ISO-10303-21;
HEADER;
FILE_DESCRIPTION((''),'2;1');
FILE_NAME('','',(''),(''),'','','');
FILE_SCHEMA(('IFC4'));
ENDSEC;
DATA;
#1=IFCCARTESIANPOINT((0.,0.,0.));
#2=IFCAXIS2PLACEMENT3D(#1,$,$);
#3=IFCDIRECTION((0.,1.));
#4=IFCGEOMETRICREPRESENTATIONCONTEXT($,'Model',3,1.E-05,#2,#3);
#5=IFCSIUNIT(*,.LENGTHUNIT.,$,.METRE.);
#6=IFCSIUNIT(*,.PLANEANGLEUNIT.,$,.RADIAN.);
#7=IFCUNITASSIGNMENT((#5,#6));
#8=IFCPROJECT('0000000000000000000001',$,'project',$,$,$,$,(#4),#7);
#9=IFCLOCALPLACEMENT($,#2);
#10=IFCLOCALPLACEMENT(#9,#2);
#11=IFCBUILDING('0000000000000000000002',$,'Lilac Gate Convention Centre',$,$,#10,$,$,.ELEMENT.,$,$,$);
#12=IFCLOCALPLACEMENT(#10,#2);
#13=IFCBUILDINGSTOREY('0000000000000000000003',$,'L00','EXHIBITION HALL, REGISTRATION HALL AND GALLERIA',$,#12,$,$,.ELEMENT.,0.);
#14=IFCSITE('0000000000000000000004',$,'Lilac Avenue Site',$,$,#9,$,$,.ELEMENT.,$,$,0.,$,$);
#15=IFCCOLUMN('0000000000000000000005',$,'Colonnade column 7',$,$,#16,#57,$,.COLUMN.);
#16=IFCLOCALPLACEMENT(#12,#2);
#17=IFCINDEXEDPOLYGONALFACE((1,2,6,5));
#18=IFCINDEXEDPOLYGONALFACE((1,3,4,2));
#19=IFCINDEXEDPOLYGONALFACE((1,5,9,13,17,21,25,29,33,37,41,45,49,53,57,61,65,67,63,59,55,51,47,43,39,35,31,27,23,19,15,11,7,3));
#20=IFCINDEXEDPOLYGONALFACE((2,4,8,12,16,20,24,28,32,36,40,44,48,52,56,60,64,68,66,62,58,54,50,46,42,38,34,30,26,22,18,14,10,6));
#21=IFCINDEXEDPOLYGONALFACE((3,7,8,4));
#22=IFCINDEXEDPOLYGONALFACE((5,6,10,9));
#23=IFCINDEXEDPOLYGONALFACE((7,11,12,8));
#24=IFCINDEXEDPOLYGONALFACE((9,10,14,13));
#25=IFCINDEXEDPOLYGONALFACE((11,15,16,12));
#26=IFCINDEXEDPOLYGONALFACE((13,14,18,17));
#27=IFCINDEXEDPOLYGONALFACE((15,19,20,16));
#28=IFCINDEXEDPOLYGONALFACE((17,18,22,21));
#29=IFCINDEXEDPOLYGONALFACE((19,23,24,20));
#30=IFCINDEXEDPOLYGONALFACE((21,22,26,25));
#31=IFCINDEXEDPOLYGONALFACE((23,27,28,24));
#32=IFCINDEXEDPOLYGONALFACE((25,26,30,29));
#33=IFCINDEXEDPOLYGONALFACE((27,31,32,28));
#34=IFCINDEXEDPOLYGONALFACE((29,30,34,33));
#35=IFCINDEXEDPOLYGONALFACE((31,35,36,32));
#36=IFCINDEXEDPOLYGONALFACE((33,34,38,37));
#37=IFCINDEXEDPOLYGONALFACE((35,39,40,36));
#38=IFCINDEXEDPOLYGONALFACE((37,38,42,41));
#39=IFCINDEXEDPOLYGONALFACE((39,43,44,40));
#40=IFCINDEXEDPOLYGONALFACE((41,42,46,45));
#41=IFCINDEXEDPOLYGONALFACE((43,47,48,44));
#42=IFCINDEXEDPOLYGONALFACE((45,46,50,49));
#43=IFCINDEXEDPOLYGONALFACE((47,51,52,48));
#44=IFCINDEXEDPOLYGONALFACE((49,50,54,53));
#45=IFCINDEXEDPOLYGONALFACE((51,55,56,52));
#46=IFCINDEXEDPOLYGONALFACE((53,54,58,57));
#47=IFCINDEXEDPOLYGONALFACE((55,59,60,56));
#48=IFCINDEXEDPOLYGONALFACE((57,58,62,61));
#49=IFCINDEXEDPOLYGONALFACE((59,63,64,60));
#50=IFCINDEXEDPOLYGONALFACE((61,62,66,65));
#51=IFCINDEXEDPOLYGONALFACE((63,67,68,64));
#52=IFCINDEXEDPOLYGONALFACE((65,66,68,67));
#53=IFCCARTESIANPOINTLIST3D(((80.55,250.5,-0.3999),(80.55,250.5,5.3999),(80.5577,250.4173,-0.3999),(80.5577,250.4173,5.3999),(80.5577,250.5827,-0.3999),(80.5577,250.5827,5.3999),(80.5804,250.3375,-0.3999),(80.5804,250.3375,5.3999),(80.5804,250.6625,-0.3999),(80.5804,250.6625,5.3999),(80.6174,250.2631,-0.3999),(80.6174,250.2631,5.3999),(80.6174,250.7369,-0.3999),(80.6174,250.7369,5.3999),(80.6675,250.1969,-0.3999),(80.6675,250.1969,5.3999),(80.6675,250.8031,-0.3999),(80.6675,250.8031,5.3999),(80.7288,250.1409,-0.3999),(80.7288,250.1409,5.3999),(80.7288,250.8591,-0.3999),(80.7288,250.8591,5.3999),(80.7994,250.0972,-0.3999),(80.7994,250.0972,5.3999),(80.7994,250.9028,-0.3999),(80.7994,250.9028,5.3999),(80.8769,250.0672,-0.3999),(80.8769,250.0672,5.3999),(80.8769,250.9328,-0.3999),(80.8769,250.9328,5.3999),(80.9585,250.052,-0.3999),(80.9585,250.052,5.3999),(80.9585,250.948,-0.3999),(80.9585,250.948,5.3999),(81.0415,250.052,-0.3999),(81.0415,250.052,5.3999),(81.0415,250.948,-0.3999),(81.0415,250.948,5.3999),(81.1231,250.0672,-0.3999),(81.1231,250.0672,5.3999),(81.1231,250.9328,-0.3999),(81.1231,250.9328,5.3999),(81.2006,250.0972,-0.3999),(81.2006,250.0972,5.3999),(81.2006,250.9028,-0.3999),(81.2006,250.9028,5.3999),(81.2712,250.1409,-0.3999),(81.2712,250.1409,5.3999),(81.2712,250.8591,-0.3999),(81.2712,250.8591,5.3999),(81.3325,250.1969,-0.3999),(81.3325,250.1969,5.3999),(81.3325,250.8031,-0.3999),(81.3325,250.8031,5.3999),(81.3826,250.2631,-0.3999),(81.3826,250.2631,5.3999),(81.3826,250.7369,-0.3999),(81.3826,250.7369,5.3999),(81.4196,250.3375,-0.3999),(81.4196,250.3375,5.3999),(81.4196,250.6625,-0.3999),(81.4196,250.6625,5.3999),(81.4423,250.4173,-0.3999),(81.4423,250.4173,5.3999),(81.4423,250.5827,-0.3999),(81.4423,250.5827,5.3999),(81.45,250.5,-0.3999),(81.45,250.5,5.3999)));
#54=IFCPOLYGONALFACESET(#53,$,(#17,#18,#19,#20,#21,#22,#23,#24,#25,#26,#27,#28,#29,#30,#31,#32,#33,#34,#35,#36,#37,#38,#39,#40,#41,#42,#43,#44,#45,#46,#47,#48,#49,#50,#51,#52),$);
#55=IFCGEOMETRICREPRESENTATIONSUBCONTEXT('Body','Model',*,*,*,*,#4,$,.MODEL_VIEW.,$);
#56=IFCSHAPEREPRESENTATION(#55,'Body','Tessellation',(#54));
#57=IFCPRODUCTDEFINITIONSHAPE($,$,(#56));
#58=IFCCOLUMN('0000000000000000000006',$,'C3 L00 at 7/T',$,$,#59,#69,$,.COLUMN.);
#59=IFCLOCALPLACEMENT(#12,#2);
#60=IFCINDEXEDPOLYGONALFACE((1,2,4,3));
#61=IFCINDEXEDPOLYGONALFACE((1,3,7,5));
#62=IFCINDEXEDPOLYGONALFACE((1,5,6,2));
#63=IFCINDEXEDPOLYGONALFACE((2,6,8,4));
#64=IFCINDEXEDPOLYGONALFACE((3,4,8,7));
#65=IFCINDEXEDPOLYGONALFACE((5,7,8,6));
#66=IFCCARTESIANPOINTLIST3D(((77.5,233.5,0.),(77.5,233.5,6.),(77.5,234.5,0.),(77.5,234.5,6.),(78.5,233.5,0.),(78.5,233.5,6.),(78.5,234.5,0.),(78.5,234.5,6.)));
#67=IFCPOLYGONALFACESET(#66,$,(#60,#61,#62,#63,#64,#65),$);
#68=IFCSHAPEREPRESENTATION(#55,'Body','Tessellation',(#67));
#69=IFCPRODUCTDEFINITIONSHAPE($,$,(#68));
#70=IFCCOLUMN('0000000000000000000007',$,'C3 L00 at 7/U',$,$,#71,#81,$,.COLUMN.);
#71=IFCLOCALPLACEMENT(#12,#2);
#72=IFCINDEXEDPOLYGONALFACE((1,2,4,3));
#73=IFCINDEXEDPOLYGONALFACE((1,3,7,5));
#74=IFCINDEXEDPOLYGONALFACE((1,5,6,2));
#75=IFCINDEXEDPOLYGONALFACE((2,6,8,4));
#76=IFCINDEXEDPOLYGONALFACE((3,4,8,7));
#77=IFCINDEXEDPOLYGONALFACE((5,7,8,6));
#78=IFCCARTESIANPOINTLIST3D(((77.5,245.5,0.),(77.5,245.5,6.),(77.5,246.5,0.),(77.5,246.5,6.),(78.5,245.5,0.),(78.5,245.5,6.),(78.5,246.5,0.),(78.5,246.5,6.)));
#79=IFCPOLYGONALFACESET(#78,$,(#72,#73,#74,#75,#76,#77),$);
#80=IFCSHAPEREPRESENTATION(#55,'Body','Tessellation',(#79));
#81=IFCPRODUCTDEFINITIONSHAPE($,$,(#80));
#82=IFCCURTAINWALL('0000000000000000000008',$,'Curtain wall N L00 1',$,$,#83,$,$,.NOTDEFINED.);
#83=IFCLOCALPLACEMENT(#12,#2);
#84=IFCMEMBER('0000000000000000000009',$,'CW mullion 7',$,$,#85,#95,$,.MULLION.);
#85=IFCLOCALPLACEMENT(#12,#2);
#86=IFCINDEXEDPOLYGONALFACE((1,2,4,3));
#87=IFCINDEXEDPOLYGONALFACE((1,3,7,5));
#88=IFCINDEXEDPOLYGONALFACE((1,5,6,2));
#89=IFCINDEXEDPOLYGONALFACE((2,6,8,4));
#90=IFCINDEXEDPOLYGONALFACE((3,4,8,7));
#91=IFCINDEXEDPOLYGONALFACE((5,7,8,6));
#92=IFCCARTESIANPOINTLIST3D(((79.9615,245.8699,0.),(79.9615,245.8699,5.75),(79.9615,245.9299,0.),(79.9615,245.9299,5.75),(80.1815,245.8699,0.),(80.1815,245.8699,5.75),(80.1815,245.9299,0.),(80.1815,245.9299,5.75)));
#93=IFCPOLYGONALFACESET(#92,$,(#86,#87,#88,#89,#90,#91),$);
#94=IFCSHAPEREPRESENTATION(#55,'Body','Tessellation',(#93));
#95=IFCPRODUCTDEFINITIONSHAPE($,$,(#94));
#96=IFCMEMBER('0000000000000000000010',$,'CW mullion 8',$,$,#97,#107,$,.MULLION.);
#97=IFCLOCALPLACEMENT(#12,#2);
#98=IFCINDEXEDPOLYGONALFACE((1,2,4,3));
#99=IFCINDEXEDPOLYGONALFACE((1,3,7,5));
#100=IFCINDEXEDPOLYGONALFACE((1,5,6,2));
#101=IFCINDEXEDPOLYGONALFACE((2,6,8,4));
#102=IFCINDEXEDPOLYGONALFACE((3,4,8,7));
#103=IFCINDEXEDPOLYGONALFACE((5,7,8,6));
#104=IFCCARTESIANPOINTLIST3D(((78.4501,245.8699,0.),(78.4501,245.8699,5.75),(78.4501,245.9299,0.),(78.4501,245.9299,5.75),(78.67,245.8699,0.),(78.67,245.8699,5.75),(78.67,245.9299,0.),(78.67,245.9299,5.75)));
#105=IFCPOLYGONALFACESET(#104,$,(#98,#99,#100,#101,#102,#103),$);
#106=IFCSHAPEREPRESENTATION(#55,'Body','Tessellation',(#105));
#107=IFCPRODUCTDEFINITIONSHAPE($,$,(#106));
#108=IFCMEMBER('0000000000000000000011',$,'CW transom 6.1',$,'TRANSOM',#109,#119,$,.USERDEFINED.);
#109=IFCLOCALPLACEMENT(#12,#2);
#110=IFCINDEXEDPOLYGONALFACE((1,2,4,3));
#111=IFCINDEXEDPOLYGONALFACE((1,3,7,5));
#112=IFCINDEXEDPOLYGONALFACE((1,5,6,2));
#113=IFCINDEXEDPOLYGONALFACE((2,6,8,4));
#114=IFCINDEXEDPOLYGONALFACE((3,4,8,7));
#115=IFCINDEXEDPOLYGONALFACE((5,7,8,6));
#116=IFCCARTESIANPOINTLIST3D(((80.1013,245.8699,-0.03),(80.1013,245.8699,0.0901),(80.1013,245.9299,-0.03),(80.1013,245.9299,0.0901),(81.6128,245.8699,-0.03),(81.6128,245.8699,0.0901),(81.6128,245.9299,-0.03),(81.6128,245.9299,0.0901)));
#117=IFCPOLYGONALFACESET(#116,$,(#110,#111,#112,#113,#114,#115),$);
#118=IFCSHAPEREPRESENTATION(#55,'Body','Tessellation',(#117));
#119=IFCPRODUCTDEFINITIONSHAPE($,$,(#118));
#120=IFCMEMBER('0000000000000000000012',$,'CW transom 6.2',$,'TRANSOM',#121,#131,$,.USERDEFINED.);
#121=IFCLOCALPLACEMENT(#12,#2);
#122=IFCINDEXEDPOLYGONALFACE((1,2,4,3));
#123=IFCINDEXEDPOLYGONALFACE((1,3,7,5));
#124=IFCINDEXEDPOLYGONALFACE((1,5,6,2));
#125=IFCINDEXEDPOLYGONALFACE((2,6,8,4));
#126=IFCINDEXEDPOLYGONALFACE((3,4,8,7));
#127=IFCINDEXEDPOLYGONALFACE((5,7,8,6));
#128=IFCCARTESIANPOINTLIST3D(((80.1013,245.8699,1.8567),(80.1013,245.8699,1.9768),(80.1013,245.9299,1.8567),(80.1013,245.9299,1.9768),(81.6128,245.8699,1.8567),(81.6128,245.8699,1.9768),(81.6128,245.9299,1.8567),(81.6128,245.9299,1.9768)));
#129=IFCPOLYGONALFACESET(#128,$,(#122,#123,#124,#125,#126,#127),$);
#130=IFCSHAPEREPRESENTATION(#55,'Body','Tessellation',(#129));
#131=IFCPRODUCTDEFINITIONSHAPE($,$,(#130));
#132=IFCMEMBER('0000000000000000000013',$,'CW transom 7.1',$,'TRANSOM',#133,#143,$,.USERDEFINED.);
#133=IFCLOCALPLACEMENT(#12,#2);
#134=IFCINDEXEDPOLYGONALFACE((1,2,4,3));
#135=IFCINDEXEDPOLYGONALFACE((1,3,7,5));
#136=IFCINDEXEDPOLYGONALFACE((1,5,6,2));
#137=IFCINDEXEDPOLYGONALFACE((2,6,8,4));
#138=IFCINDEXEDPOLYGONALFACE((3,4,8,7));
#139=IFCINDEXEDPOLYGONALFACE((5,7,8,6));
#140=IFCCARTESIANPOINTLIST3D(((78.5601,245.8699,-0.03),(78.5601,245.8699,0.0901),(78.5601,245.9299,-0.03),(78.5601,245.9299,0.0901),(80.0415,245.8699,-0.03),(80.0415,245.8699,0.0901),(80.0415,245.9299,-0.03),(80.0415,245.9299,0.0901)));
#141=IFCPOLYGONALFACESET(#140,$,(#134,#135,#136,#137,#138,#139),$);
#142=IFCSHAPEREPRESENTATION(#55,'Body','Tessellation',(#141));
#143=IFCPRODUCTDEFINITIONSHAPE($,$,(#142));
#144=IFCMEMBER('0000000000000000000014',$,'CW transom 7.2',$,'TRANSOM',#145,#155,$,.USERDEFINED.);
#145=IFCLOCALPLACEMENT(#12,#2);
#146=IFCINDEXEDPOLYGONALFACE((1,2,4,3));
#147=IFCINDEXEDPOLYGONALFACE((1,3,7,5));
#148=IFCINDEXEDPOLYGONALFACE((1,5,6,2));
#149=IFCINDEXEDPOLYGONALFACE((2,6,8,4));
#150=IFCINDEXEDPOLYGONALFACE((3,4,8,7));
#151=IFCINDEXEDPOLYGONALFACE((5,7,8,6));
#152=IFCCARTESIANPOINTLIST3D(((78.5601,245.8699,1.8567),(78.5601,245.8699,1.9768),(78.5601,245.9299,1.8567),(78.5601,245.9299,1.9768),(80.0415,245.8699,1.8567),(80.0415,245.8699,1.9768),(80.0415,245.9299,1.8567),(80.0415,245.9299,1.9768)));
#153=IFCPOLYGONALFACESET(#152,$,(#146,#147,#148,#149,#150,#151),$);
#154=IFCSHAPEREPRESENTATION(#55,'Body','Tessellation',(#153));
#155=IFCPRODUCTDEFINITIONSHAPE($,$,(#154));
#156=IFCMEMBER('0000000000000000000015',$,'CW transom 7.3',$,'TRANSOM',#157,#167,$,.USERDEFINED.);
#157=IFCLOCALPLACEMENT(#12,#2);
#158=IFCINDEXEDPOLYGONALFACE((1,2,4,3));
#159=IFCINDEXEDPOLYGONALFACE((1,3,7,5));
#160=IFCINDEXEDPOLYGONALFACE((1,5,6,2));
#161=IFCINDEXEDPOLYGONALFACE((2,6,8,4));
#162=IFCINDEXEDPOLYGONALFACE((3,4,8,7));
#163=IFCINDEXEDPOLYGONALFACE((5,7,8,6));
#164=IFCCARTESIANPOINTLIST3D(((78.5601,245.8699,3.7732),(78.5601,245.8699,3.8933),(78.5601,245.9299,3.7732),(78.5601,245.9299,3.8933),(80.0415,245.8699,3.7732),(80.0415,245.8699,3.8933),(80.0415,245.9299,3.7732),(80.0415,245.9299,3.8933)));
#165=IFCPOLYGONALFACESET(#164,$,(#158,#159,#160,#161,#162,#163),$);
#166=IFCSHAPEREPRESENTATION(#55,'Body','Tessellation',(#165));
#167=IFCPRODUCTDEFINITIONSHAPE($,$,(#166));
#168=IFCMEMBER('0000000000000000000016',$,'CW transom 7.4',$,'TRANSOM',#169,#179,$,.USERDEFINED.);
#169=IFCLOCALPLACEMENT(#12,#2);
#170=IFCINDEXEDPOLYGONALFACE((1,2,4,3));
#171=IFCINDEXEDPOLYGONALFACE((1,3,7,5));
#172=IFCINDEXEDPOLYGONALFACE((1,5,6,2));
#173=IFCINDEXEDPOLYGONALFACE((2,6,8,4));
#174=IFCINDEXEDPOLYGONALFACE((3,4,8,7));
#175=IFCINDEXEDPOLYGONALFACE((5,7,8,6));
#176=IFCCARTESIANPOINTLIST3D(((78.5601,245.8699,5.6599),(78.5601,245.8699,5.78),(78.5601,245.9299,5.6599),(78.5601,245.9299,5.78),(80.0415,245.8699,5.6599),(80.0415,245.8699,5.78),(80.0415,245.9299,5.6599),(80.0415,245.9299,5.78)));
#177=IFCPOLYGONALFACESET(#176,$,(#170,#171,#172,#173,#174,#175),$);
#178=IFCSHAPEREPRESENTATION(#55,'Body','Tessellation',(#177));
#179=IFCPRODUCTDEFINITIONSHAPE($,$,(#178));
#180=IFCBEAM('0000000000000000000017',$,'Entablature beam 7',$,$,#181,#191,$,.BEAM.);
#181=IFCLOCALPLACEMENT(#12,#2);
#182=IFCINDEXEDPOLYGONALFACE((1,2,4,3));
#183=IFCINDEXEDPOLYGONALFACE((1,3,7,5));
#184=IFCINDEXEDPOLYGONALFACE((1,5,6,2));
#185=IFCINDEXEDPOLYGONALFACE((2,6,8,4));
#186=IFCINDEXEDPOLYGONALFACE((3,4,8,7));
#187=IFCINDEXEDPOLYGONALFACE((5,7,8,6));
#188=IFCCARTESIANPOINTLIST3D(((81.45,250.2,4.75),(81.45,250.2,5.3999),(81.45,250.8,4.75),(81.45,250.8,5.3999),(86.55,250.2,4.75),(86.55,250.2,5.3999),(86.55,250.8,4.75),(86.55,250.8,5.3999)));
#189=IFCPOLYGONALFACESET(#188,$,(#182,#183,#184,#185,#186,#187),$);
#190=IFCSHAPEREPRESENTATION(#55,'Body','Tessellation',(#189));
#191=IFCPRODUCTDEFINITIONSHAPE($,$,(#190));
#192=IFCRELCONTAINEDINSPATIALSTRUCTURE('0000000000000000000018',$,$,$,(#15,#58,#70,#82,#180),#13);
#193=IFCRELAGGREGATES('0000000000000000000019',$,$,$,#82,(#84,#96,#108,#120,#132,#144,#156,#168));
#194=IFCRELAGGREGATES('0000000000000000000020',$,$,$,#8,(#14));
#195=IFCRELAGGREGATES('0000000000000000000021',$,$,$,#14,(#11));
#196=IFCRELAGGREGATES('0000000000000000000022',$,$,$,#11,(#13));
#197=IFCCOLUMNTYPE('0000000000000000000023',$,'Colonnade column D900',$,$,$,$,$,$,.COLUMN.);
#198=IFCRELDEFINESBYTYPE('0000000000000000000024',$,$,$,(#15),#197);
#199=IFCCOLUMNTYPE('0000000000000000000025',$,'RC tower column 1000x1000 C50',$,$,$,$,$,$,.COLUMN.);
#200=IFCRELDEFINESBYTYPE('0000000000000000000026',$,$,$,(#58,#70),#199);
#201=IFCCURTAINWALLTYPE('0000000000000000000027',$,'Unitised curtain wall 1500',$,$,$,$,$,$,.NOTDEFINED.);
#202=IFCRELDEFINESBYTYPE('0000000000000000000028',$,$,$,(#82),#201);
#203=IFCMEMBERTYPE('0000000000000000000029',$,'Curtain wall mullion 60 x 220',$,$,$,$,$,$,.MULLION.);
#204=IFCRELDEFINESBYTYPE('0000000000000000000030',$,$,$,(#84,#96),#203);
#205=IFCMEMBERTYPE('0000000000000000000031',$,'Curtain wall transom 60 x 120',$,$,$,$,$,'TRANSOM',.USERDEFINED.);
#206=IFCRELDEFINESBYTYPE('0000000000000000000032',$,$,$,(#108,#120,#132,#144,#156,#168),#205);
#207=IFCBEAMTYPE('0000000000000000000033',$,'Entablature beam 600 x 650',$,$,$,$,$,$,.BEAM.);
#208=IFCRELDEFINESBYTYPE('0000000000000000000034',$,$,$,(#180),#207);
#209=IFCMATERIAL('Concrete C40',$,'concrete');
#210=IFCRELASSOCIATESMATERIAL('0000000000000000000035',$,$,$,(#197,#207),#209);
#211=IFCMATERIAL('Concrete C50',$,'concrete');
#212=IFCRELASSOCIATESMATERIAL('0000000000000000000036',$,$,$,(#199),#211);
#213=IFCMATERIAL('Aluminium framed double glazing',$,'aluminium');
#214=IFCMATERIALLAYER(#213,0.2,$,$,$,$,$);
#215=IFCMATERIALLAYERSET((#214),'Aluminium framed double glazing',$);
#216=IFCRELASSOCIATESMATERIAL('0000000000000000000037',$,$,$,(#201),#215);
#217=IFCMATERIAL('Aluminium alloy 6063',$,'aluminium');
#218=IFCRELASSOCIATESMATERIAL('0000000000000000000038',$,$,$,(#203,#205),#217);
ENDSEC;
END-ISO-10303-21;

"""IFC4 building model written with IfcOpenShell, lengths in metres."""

from ifc_helpers import new_model, si_unit, direction, frame, origin, origin_2d, place, context, subcontext, project, spatial, rectangle, circle, extrude, material, layer, layer_set, material_profile, profile_set, type_object, element, aggregate, save


model = new_model("IFC4")

# Units and contexts
model_context = context("Model", 3, precision=1e-05, world=origin(), true_north=direction((0.0, 1.0)))
body_context = subcontext(model_context, "Body", "Model", "MODEL_VIEW")
ifc_project = project(units=[si_unit("LENGTHUNIT", "METRE"), si_unit("PLANEANGLEUNIT", "RADIAN")], contexts=[model_context])

# Site, building, storey
site_placement = place(None, origin())
site = spatial("IfcSite", under=ifc_project, at=site_placement, Name="Lilac Avenue Site", CompositionType="ELEMENT", RefElevation=0.0)
building_placement = place(site_placement, origin())
building = spatial("IfcBuilding", under=site, at=building_placement, Name="Lilac Gate Convention Centre", CompositionType="ELEMENT")
storey_placement = place(building_placement, origin())
storey = spatial("IfcBuildingStorey", under=building, at=storey_placement, Name="L00", Description="EXHIBITION HALL, REGISTRATION HALL AND GALLERIA", CompositionType="ELEMENT", Elevation=0.0)

# Columns
ifc_material_1 = material(Name="Concrete C40", Category="concrete")
ifc_material_profile_1 = material_profile(ifc_material_1, circle(Radius=0.45, at=origin_2d()), Name="Colonnade column D900")
ifc_profile_set_1 = profile_set([ifc_material_profile_1], Name="Concrete C40")
column_type_1 = type_object("IfcColumnType", Name="Colonnade column D900", PredefinedType="COLUMN", material=ifc_profile_set_1)
column_placement = place(storey_placement, frame((81.0, 250.5, -0.3999), z_axis=(0.0, 0.0, 1.0), x_axis=(1.0, 0.0, 0.0)))
element("IfcColumn", 1, at=column_placement, inside=storey, type_object=column_type_1, Name="Colonnade column 7", PredefinedType="COLUMN", context=body_context, shape_type="SweptSolid", body=[
    extrude(circle(Radius=0.45, at=origin_2d()), origin(), (0.0, 0.0, 1.0), 5.7998),
])
ifc_material_2 = material(Name="Concrete C50", Category="concrete")
ifc_material_profile_2 = material_profile(ifc_material_2, rectangle(XDim=1.0, YDim=1.0, at=origin_2d()), Name="RC 1000x1000")
ifc_profile_set_2 = profile_set([ifc_material_profile_2], Name="Concrete C50")
column_type_2 = type_object("IfcColumnType", Name="RC tower column 1000x1000 C50", PredefinedType="COLUMN", material=ifc_profile_set_2)
for number, where, z_axis, x_axis, name in (
    (2, (78.0, 234.0, 0.0), (0.0, 0.0, 1.0), (1.0, 0.0, 0.0), "C3 L00 at 7/T"),
    (3, (78.0, 246.0, 0.0), (0.0, 0.0, 1.0), (1.0, 0.0, 0.0), "C3 L00 at 7/U"),
):
    element("IfcColumn", number, at=place(storey_placement, frame(where, z_axis=z_axis, x_axis=x_axis)), inside=storey, type_object=column_type_2, Name=name, PredefinedType="COLUMN", context=body_context, shape_type="SweptSolid", body=[
        extrude(rectangle(XDim=1.0, YDim=1.0, at=origin_2d()), origin(), (0.0, 0.0, 1.0), 6.0),
    ])

# Curtain wall, members
ifc_material_3 = material(Name="Aluminium framed double glazing", Category="aluminium")
ifc_layer_1 = layer(ifc_material_3, 0.2)
ifc_layer_set_1 = layer_set([ifc_layer_1], Name="Aluminium framed double glazing")
curtain_wall_type = type_object("IfcCurtainWallType", Name="Unitised curtain wall 1500", PredefinedType="NOTDEFINED", material=ifc_layer_set_1)
curtain_wall_placement = place(storey_placement, origin())
curtain_wall = element("IfcCurtainWall", 4, at=curtain_wall_placement, inside=storey, type_object=curtain_wall_type, Name="Curtain wall N L00 1", PredefinedType="NOTDEFINED")
ifc_material_4 = material(Name="Aluminium alloy 6063", Category="aluminium")
ifc_material_profile_3 = material_profile(ifc_material_4, rectangle(XDim=0.0601, YDim=0.22, at=origin_2d()), Name="Curtain wall mullion 60 x 220")
ifc_profile_set_3 = profile_set([ifc_material_profile_3], Name="Aluminium alloy 6063")
member_type_1 = type_object("IfcMemberType", Name="Curtain wall mullion 60 x 220", PredefinedType="MULLION", material=ifc_profile_set_3)
member_1_placement = place(storey_placement, frame((80.0715, 245.8999, 0.0), z_axis=(0.0, 0.0, 1.0), x_axis=(0.0, -1.0, 0.0)))
member_1 = element("IfcMember", 5, at=member_1_placement, type_object=member_type_1, Name="CW mullion 7", PredefinedType="MULLION", context=body_context, shape_type="SweptSolid", body=[
    extrude(rectangle(XDim=0.0601, YDim=0.22, at=origin_2d()), origin(), (0.0, 0.0, 1.0), 5.75),
])
member_2_placement = place(storey_placement, frame((78.5601, 245.8999, 0.0), z_axis=(0.0, 0.0, 1.0), x_axis=(0.0, -1.0, 0.0)))
member_2 = element("IfcMember", 6, at=member_2_placement, type_object=member_type_1, Name="CW mullion 8", PredefinedType="MULLION", context=body_context, shape_type="SweptSolid", body=[
    extrude(rectangle(XDim=0.0601, YDim=0.22, at=origin_2d()), origin(), (0.0, 0.0, 1.0), 5.75),
])
ifc_material_profile_4 = material_profile(ifc_material_4, rectangle(XDim=0.0601, YDim=0.1201, at=origin_2d()), Name="Curtain wall transom 60 x 120")
ifc_profile_set_4 = profile_set([ifc_material_profile_4], Name="Aluminium alloy 6063")
member_type_2 = type_object("IfcMemberType", Name="Curtain wall transom 60 x 120", ElementType="TRANSOM", PredefinedType="USERDEFINED", material=ifc_profile_set_4)
member_3_placement = place(storey_placement, frame((81.6128, 245.8999, 0.03), z_axis=(-1.0, 0.0, 0.0), x_axis=(0.0, -1.0, 0.0)))
member_3 = element("IfcMember", 7, at=member_3_placement, type_object=member_type_2, Name="CW transom 6.1", ObjectType="TRANSOM", PredefinedType="USERDEFINED", context=body_context, shape_type="SweptSolid", body=[
    extrude(rectangle(XDim=0.0601, YDim=0.1201, at=origin_2d()), origin(), (0.0, 0.0, 1.0), 1.5115),
])
member_4_placement = place(storey_placement, frame((81.6128, 245.8999, 1.9167), z_axis=(-1.0, 0.0, 0.0), x_axis=(0.0, -1.0, 0.0)))
member_4 = element("IfcMember", 8, at=member_4_placement, type_object=member_type_2, Name="CW transom 6.2", ObjectType="TRANSOM", PredefinedType="USERDEFINED", context=body_context, shape_type="SweptSolid", body=[
    extrude(rectangle(XDim=0.0601, YDim=0.1201, at=origin_2d()), origin(), (0.0, 0.0, 1.0), 1.5115),
])
member_5_placement = place(storey_placement, frame((80.0415, 245.8999, 0.03), z_axis=(-1.0, 0.0, 0.0), x_axis=(0.0, -1.0, 0.0)))
member_5 = element("IfcMember", 9, at=member_5_placement, type_object=member_type_2, Name="CW transom 7.1", ObjectType="TRANSOM", PredefinedType="USERDEFINED", context=body_context, shape_type="SweptSolid", body=[
    extrude(rectangle(XDim=0.0601, YDim=0.1201, at=origin_2d()), origin(), (0.0, 0.0, 1.0), 1.4814),
])
member_6_placement = place(storey_placement, frame((80.0415, 245.8999, 1.9167), z_axis=(-1.0, 0.0, 0.0), x_axis=(0.0, -1.0, 0.0)))
member_6 = element("IfcMember", 10, at=member_6_placement, type_object=member_type_2, Name="CW transom 7.2", ObjectType="TRANSOM", PredefinedType="USERDEFINED", context=body_context, shape_type="SweptSolid", body=[
    extrude(rectangle(XDim=0.0601, YDim=0.1201, at=origin_2d()), origin(), (0.0, 0.0, 1.0), 1.4814),
])
member_7_placement = place(storey_placement, frame((80.0415, 245.8999, 3.8333), z_axis=(-1.0, 0.0, 0.0), x_axis=(0.0, -1.0, 0.0)))
member_7 = element("IfcMember", 11, at=member_7_placement, type_object=member_type_2, Name="CW transom 7.3", ObjectType="TRANSOM", PredefinedType="USERDEFINED", context=body_context, shape_type="SweptSolid", body=[
    extrude(rectangle(XDim=0.0601, YDim=0.1201, at=origin_2d()), origin(), (0.0, 0.0, 1.0), 1.4814),
])
member_8_placement = place(storey_placement, frame((80.0415, 245.8999, 5.72), z_axis=(-1.0, 0.0, 0.0), x_axis=(0.0, -1.0, 0.0)))
member_8 = element("IfcMember", 12, at=member_8_placement, type_object=member_type_2, Name="CW transom 7.4", ObjectType="TRANSOM", PredefinedType="USERDEFINED", context=body_context, shape_type="SweptSolid", body=[
    extrude(rectangle(XDim=0.0601, YDim=0.1201, at=origin_2d()), origin(), (0.0, 0.0, 1.0), 1.4814),
])

# Beam
ifc_material_profile_5 = material_profile(ifc_material_1, rectangle(XDim=0.6001, YDim=0.6499, at=origin_2d()), Name="Entablature beam 600 x 650")
ifc_profile_set_5 = profile_set([ifc_material_profile_5], Name="Concrete C40")
beam_type_1 = type_object("IfcBeamType", Name="Entablature beam 600 x 650", PredefinedType="BEAM", material=ifc_profile_set_5)
beam_placement = place(storey_placement, frame((81.45, 250.5, 5.075), z_axis=(1.0, 0.0, 0.0), x_axis=(0.0, 1.0, 0.0)))
element("IfcBeam", 13, at=beam_placement, inside=storey, type_object=beam_type_1, Name="Entablature beam 7", PredefinedType="BEAM", context=body_context, shape_type="SweptSolid", body=[
    extrude(rectangle(XDim=0.6001, YDim=0.6499, at=origin_2d()), origin(), (0.0, 0.0, 1.0), 5.1001),
])

aggregate(curtain_wall, [member_1, member_2, member_3, member_4, member_5, member_6, member_7, member_8])

save(model, "model.ifc")
